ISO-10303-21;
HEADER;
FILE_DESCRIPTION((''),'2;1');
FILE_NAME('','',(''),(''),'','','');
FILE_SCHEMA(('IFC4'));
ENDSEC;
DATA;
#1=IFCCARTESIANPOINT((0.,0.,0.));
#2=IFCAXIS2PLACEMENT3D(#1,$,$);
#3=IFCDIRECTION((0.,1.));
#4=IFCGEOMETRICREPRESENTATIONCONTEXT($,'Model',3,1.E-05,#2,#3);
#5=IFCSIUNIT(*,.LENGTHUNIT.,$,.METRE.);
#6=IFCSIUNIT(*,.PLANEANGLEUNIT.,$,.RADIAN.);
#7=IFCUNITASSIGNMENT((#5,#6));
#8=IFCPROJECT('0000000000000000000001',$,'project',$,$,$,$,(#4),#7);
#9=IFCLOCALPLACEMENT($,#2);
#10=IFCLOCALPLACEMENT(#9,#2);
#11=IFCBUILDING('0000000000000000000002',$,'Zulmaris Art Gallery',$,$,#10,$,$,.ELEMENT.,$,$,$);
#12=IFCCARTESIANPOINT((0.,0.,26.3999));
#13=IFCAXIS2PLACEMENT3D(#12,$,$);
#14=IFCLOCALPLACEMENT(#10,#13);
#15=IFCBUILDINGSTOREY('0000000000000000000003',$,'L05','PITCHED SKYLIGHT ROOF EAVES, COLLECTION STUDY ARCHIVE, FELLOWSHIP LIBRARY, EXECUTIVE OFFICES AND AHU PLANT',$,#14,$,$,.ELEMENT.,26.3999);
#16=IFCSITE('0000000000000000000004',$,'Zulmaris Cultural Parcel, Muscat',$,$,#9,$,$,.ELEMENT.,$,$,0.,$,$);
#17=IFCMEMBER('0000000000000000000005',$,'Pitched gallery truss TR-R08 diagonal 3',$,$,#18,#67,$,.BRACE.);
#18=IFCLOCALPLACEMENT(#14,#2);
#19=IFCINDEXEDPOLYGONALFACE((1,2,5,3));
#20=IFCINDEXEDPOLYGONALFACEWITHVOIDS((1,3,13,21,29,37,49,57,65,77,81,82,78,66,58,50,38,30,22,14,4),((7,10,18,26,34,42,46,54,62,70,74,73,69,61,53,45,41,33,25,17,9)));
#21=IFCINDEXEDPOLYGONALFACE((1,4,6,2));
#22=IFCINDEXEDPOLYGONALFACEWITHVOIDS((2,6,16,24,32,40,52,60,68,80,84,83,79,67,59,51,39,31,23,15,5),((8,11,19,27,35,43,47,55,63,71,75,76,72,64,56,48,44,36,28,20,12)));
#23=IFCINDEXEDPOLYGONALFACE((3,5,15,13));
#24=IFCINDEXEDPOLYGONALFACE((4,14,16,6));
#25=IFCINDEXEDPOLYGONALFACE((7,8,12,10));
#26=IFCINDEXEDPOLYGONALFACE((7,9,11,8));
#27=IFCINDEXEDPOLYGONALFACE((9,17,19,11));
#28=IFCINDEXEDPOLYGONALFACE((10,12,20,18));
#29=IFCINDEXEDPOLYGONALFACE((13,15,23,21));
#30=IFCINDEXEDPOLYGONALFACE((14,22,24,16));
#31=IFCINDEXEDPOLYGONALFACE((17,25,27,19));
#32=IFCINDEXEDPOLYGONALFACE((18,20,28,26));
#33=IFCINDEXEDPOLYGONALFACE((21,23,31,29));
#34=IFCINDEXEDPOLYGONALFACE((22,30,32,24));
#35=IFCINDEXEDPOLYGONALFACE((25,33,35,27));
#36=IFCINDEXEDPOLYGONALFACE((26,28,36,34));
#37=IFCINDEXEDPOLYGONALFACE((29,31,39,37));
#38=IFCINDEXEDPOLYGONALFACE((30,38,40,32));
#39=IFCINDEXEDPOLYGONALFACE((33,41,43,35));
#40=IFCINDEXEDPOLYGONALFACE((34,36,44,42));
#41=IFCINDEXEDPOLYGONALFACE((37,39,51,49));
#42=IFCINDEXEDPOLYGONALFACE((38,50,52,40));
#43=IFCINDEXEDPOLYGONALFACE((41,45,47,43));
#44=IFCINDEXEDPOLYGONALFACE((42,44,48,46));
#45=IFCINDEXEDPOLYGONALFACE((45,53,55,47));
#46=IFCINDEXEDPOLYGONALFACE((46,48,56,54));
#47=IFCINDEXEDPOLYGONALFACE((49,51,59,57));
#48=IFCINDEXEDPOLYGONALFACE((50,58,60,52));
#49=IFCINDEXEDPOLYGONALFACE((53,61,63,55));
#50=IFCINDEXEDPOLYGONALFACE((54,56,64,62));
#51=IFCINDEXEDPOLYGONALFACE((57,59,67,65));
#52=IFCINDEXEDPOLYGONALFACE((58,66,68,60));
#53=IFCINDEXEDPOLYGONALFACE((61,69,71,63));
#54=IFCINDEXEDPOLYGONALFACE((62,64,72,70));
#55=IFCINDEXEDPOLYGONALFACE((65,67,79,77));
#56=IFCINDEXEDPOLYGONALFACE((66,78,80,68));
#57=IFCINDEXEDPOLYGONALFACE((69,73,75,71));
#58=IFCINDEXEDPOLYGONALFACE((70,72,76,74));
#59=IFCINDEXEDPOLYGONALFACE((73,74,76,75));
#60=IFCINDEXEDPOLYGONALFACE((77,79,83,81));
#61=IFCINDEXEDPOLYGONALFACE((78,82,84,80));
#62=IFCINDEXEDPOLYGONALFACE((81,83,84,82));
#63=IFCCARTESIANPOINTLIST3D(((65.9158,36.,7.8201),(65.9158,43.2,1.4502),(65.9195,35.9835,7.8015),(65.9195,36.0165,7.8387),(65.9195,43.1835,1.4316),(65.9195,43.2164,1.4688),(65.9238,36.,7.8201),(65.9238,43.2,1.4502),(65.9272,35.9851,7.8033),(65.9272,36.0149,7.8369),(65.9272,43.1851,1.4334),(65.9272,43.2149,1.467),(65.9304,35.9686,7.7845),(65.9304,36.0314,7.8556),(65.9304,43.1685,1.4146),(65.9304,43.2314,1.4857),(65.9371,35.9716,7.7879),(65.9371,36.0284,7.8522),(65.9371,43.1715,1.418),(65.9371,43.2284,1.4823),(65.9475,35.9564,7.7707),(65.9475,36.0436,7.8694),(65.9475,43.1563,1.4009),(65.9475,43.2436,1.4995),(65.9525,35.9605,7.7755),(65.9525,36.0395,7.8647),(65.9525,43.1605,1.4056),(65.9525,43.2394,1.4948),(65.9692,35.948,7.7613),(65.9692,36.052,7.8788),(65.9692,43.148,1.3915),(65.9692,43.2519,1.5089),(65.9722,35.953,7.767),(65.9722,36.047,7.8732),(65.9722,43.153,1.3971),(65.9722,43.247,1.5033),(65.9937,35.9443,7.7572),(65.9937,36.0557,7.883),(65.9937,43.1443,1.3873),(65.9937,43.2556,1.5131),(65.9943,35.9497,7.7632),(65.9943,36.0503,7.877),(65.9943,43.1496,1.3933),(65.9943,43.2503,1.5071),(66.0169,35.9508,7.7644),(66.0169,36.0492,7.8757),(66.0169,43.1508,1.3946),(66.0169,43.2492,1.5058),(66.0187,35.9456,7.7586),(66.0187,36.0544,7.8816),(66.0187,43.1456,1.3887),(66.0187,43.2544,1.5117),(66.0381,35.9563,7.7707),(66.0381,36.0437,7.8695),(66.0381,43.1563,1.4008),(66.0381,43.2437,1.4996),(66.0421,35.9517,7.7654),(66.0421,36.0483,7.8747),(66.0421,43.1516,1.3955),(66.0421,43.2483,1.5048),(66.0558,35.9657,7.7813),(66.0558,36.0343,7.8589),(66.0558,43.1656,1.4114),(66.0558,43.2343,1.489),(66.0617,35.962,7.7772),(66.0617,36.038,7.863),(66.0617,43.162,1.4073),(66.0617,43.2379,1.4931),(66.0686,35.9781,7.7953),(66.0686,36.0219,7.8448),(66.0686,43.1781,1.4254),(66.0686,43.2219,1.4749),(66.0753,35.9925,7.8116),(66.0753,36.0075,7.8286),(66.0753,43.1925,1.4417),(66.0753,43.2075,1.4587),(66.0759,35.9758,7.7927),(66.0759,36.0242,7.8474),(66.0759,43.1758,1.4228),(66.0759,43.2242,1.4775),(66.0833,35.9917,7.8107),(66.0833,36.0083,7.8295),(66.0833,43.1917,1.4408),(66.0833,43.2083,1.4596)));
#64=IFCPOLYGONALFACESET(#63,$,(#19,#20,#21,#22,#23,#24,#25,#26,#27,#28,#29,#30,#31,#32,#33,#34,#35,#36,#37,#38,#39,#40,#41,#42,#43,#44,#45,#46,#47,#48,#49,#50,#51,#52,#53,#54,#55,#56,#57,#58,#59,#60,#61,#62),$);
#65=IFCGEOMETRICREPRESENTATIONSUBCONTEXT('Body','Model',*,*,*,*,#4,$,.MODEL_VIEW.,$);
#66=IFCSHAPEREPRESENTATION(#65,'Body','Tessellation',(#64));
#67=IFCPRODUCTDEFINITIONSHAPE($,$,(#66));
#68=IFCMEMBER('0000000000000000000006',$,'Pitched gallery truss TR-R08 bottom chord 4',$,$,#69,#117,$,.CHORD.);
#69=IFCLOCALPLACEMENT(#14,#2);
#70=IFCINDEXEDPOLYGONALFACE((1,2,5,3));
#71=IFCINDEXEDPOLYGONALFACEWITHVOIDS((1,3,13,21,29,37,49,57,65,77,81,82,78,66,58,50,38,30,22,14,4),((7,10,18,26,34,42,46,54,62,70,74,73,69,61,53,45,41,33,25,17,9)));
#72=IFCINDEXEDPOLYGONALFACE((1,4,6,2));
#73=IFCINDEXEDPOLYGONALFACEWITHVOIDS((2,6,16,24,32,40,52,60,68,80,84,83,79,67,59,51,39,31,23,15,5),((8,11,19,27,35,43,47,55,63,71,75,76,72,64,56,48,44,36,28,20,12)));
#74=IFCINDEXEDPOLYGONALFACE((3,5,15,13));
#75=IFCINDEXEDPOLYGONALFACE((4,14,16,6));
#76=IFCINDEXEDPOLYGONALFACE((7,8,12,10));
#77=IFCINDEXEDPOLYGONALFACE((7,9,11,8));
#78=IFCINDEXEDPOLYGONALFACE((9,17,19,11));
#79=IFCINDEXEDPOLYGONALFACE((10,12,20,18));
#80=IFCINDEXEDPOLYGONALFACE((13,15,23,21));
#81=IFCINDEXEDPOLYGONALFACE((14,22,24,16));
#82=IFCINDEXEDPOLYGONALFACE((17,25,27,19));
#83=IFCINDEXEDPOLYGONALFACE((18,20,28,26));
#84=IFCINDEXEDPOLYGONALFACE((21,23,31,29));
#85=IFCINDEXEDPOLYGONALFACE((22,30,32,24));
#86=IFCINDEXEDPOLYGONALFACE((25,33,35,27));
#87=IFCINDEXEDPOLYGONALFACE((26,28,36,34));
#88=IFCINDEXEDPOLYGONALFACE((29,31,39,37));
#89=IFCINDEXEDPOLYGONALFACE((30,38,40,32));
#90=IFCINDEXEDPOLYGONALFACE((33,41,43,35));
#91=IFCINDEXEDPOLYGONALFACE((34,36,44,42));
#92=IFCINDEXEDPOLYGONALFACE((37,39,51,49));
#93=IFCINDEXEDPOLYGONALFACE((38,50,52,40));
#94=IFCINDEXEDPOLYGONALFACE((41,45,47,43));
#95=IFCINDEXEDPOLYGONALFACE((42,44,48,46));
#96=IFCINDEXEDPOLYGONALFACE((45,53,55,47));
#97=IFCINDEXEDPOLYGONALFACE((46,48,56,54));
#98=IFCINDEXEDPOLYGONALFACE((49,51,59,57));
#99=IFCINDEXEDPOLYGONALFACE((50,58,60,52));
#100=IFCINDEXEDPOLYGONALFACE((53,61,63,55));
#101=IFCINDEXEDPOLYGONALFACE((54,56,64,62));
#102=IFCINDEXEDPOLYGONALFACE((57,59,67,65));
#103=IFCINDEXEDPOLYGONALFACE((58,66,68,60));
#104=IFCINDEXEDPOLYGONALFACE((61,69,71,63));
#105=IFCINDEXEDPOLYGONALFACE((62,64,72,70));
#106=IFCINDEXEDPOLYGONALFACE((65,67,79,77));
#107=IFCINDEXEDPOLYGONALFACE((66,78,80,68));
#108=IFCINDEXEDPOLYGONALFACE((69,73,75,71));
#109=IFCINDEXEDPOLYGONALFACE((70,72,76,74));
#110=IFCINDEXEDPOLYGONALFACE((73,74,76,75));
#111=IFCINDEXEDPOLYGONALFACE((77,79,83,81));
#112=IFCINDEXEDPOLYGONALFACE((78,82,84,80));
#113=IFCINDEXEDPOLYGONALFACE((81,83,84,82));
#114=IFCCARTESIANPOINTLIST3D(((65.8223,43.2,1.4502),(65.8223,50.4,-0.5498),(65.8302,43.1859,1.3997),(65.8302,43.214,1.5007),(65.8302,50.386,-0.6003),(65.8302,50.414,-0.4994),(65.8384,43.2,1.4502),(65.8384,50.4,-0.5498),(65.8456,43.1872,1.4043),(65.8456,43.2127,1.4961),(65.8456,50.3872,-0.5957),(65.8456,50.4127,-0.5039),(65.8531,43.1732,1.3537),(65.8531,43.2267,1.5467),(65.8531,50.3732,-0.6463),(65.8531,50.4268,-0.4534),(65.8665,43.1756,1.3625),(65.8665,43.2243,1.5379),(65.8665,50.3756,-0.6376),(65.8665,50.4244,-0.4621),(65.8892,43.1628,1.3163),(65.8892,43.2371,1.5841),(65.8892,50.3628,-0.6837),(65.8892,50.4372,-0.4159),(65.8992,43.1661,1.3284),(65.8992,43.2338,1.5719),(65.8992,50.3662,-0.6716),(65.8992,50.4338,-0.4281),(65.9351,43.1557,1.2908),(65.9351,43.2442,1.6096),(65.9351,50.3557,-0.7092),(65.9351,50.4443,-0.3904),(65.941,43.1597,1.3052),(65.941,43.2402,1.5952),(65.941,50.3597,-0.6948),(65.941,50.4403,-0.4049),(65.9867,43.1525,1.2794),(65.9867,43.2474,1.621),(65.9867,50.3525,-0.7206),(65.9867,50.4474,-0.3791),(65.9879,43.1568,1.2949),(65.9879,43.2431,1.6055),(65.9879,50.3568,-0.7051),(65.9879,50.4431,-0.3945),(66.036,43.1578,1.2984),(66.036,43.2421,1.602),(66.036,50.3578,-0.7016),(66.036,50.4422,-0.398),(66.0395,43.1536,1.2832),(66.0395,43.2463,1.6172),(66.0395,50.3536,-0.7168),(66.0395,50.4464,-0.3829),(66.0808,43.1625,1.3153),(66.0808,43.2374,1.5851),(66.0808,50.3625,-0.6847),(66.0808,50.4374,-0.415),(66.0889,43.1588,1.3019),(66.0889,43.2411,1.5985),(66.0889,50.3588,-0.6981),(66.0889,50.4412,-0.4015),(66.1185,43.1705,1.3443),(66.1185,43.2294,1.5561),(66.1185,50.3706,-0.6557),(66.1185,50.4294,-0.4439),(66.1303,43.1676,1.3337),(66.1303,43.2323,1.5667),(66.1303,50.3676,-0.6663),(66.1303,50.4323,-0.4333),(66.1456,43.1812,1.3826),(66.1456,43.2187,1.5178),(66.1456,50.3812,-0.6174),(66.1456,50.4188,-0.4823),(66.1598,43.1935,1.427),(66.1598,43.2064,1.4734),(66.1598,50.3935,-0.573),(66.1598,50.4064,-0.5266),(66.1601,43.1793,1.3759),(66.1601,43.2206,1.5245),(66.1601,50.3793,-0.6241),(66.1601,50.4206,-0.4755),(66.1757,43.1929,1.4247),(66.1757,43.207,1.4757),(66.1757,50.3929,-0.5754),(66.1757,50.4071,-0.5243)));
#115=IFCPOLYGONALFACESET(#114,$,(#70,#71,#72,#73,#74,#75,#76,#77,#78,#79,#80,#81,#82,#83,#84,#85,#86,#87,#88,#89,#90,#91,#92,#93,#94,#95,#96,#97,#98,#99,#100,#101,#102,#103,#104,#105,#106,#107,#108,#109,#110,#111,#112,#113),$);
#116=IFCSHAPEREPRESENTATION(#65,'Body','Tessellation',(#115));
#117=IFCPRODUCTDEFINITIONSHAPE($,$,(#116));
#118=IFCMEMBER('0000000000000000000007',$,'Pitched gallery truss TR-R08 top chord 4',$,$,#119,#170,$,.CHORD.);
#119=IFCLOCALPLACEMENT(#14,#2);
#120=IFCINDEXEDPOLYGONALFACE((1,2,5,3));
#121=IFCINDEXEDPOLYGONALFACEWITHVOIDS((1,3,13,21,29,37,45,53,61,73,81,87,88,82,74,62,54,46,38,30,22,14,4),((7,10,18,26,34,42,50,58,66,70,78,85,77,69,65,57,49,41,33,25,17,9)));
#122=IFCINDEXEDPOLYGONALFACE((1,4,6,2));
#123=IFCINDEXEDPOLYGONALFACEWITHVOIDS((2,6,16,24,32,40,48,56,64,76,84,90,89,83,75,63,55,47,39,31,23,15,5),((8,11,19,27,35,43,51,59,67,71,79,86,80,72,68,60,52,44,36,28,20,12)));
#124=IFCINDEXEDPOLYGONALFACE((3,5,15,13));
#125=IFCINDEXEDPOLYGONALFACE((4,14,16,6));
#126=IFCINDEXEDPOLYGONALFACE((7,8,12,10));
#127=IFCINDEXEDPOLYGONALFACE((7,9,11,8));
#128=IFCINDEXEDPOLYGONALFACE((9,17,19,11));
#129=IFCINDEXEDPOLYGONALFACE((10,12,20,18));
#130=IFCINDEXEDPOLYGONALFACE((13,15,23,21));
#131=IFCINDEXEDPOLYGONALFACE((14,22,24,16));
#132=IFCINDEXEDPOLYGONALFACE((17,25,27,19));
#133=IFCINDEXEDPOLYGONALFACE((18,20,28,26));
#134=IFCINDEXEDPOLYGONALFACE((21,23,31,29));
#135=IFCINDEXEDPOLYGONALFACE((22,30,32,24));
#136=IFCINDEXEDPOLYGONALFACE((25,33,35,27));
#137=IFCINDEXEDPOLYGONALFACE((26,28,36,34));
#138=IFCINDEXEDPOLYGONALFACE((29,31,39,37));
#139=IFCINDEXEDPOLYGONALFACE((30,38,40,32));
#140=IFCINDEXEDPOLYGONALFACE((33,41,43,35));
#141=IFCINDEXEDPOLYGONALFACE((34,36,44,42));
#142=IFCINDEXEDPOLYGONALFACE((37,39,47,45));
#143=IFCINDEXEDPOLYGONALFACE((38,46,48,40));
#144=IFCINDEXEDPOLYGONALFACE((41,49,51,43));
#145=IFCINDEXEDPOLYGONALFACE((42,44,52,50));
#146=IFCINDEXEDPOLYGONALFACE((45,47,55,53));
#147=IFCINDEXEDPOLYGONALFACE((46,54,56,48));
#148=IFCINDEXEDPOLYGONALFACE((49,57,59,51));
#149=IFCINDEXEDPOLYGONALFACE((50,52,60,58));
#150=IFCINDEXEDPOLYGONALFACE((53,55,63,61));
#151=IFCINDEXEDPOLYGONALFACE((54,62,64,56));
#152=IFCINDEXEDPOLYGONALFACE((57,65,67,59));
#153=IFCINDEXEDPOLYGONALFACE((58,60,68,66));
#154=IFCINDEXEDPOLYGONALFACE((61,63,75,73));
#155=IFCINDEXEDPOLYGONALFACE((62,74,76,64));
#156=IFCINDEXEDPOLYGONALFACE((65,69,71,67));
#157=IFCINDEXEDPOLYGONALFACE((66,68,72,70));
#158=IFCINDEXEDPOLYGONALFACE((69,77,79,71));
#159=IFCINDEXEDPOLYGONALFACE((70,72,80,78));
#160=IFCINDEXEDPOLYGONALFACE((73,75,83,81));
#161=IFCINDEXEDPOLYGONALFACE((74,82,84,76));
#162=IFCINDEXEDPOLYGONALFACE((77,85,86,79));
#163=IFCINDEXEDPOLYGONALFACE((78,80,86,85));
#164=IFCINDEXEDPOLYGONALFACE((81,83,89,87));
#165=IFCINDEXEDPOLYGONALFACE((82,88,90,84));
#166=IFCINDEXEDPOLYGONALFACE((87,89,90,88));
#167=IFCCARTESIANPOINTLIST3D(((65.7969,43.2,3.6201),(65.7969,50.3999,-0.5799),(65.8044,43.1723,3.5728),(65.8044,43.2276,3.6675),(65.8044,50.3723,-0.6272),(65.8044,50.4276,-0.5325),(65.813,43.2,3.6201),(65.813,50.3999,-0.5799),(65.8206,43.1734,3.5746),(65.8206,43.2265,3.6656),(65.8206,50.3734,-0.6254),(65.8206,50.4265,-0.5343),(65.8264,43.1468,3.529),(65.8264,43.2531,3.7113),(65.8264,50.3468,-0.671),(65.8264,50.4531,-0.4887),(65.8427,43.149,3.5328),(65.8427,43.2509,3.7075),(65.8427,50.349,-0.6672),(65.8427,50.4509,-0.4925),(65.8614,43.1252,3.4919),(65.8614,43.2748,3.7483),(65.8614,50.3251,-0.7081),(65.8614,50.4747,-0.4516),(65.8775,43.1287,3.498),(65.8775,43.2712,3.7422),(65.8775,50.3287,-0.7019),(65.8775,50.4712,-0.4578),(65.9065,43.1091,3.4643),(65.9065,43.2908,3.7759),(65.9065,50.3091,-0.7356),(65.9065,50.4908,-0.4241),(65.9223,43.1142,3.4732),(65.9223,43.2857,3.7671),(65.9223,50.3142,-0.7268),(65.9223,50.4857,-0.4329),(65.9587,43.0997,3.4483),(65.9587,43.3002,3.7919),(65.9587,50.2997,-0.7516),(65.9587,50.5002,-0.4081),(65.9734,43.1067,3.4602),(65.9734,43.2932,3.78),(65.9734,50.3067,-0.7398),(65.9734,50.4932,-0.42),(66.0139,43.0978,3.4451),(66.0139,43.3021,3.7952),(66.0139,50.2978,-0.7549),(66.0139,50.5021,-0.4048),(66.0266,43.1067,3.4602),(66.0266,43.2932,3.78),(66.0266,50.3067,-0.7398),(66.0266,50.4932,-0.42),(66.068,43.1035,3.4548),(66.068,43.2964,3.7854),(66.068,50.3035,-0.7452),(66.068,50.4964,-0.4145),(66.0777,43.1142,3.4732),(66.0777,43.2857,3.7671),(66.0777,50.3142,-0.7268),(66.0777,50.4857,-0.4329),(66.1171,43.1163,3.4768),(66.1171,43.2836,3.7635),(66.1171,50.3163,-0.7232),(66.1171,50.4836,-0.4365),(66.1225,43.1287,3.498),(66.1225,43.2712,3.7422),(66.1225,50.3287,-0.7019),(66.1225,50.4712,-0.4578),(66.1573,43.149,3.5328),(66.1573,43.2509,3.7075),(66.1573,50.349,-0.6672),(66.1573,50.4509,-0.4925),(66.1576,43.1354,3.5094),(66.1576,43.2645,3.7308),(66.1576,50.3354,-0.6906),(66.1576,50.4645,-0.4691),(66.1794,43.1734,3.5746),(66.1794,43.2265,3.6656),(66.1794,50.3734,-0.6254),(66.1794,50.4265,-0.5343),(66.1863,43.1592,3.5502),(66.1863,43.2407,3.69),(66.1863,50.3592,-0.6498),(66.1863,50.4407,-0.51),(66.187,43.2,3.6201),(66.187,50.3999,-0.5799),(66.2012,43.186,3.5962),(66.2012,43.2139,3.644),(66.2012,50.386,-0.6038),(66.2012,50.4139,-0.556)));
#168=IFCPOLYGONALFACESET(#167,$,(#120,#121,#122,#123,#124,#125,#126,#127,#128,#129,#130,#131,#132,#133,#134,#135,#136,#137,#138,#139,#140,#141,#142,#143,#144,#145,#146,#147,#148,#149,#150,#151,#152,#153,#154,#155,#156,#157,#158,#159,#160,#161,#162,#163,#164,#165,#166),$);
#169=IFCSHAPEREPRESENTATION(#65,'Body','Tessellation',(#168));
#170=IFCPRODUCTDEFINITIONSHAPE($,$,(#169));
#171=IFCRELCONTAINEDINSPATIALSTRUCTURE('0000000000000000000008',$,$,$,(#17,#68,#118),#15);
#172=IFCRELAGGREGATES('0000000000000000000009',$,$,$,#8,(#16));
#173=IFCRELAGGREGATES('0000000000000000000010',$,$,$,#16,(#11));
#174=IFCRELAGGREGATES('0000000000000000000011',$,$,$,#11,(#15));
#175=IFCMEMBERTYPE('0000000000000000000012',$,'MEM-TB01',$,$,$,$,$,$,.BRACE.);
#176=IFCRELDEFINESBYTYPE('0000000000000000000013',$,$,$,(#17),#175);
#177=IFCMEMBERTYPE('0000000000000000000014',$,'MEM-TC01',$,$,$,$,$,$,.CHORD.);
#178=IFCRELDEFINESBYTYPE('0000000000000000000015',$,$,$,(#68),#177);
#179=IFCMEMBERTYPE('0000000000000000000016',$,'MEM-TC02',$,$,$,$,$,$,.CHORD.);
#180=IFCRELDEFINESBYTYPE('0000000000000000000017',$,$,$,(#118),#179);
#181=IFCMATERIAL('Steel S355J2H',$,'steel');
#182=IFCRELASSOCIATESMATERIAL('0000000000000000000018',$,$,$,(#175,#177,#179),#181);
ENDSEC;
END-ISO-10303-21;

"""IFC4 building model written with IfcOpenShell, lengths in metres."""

from ifc_helpers import new_model, si_unit, direction, frame, origin, origin_2d, place, context, subcontext, project, spatial, hollow_circle, extrude, material, material_profile, profile_set, type_object, element, save


model = new_model("IFC4")

# Units and contexts
model_context = context("Model", 3, precision=1e-05, world=origin(), true_north=direction((0.0, 1.0)))
body_context = subcontext(model_context, "Body", "Model", "MODEL_VIEW")
ifc_project = project(units=[si_unit("LENGTHUNIT", "METRE"), si_unit("PLANEANGLEUNIT", "RADIAN")], contexts=[model_context])

# Site, building, storey
site_placement = place(None, origin())
site = spatial("IfcSite", under=ifc_project, at=site_placement, Name="Zulmaris Cultural Parcel, Muscat", CompositionType="ELEMENT", RefElevation=0.0)
building_placement = place(site_placement, origin())
building = spatial("IfcBuilding", under=site, at=building_placement, Name="Zulmaris Art Gallery", CompositionType="ELEMENT")
storey_placement = place(building_placement, frame((0.0, 0.0, 26.3999)))
storey = spatial("IfcBuildingStorey", under=building, at=storey_placement, Name="L05", Description="PITCHED SKYLIGHT ROOF EAVES, COLLECTION STUDY ARCHIVE, FELLOWSHIP LIBRARY, EXECUTIVE OFFICES AND AHU PLANT", CompositionType="ELEMENT", Elevation=26.3999)

# Members
ifc_material_1 = material(Name="Steel S355J2H", Category="steel")
ifc_material_profile_1 = material_profile(ifc_material_1, hollow_circle(Radius=0.0842, WallThickness=0.0081, at=origin_2d()), Name="CHS 168.3x8")
ifc_profile_set_1 = profile_set([ifc_material_profile_1], Name="Steel S355J2H")
member_type_1 = type_object("IfcMemberType", Name="MEM-TB01", PredefinedType="BRACE", material=ifc_profile_set_1)
member_1_placement = place(storey_placement, frame((66.0, 36.0, 7.8201), z_axis=(0.0, 0.748961, -0.662614), x_axis=(-1.0, 0.0, 0.0)))
element("IfcMember", 1, at=member_1_placement, inside=storey, type_object=member_type_1, Name="Pitched gallery truss TR-R08 diagonal 3", PredefinedType="BRACE", context=body_context, shape_type="SweptSolid", body=[
    extrude(hollow_circle(Radius=0.0842, WallThickness=0.0081, at=origin_2d()), origin(), (0.0, 0.0, 1.0), 9.6133),
])
ifc_material_profile_2 = material_profile(ifc_material_1, hollow_circle(Radius=0.1777, WallThickness=0.0161, at=origin_2d()), Name="CHS 355.6x16")
ifc_profile_set_2 = profile_set([ifc_material_profile_2], Name="Steel S355J2H")
member_type_2 = type_object("IfcMemberType", Name="MEM-TC01", PredefinedType="CHORD", material=ifc_profile_set_2)
member_2_placement = place(storey_placement, frame((66.0, 43.2, 1.4502), z_axis=(0.0, 0.963517, -0.267646), x_axis=(-1.0, 0.0, 0.0)))
element("IfcMember", 2, at=member_2_placement, inside=storey, type_object=member_type_2, Name="Pitched gallery truss TR-R08 bottom chord 4", PredefinedType="CHORD", context=body_context, shape_type="SweptSolid", body=[
    extrude(hollow_circle(Radius=0.1777, WallThickness=0.0161, at=origin_2d()), origin(), (0.0, 0.0, 1.0), 7.4727),
])
ifc_material_profile_3 = material_profile(ifc_material_1, hollow_circle(Radius=0.2031, WallThickness=0.0161, at=origin_2d()), Name="CHS 406.4x16")
ifc_profile_set_3 = profile_set([ifc_material_profile_3], Name="Steel S355J2H")
member_type_3 = type_object("IfcMemberType", Name="MEM-TC02", PredefinedType="CHORD", material=ifc_profile_set_3)
member_3_placement = place(storey_placement, frame((66.0, 43.2, 3.6201), z_axis=(0.0, 0.86378, -0.503869), x_axis=(-1.0, 0.0, 0.0)))
element("IfcMember", 3, at=member_3_placement, inside=storey, type_object=member_type_3, Name="Pitched gallery truss TR-R08 top chord 4", PredefinedType="CHORD", context=body_context, shape_type="SweptSolid", body=[
    extrude(hollow_circle(Radius=0.2031, WallThickness=0.0161, at=origin_2d()), origin(), (0.0, 0.0, 1.0), 8.3354),
])

save(model, "model.ifc")
